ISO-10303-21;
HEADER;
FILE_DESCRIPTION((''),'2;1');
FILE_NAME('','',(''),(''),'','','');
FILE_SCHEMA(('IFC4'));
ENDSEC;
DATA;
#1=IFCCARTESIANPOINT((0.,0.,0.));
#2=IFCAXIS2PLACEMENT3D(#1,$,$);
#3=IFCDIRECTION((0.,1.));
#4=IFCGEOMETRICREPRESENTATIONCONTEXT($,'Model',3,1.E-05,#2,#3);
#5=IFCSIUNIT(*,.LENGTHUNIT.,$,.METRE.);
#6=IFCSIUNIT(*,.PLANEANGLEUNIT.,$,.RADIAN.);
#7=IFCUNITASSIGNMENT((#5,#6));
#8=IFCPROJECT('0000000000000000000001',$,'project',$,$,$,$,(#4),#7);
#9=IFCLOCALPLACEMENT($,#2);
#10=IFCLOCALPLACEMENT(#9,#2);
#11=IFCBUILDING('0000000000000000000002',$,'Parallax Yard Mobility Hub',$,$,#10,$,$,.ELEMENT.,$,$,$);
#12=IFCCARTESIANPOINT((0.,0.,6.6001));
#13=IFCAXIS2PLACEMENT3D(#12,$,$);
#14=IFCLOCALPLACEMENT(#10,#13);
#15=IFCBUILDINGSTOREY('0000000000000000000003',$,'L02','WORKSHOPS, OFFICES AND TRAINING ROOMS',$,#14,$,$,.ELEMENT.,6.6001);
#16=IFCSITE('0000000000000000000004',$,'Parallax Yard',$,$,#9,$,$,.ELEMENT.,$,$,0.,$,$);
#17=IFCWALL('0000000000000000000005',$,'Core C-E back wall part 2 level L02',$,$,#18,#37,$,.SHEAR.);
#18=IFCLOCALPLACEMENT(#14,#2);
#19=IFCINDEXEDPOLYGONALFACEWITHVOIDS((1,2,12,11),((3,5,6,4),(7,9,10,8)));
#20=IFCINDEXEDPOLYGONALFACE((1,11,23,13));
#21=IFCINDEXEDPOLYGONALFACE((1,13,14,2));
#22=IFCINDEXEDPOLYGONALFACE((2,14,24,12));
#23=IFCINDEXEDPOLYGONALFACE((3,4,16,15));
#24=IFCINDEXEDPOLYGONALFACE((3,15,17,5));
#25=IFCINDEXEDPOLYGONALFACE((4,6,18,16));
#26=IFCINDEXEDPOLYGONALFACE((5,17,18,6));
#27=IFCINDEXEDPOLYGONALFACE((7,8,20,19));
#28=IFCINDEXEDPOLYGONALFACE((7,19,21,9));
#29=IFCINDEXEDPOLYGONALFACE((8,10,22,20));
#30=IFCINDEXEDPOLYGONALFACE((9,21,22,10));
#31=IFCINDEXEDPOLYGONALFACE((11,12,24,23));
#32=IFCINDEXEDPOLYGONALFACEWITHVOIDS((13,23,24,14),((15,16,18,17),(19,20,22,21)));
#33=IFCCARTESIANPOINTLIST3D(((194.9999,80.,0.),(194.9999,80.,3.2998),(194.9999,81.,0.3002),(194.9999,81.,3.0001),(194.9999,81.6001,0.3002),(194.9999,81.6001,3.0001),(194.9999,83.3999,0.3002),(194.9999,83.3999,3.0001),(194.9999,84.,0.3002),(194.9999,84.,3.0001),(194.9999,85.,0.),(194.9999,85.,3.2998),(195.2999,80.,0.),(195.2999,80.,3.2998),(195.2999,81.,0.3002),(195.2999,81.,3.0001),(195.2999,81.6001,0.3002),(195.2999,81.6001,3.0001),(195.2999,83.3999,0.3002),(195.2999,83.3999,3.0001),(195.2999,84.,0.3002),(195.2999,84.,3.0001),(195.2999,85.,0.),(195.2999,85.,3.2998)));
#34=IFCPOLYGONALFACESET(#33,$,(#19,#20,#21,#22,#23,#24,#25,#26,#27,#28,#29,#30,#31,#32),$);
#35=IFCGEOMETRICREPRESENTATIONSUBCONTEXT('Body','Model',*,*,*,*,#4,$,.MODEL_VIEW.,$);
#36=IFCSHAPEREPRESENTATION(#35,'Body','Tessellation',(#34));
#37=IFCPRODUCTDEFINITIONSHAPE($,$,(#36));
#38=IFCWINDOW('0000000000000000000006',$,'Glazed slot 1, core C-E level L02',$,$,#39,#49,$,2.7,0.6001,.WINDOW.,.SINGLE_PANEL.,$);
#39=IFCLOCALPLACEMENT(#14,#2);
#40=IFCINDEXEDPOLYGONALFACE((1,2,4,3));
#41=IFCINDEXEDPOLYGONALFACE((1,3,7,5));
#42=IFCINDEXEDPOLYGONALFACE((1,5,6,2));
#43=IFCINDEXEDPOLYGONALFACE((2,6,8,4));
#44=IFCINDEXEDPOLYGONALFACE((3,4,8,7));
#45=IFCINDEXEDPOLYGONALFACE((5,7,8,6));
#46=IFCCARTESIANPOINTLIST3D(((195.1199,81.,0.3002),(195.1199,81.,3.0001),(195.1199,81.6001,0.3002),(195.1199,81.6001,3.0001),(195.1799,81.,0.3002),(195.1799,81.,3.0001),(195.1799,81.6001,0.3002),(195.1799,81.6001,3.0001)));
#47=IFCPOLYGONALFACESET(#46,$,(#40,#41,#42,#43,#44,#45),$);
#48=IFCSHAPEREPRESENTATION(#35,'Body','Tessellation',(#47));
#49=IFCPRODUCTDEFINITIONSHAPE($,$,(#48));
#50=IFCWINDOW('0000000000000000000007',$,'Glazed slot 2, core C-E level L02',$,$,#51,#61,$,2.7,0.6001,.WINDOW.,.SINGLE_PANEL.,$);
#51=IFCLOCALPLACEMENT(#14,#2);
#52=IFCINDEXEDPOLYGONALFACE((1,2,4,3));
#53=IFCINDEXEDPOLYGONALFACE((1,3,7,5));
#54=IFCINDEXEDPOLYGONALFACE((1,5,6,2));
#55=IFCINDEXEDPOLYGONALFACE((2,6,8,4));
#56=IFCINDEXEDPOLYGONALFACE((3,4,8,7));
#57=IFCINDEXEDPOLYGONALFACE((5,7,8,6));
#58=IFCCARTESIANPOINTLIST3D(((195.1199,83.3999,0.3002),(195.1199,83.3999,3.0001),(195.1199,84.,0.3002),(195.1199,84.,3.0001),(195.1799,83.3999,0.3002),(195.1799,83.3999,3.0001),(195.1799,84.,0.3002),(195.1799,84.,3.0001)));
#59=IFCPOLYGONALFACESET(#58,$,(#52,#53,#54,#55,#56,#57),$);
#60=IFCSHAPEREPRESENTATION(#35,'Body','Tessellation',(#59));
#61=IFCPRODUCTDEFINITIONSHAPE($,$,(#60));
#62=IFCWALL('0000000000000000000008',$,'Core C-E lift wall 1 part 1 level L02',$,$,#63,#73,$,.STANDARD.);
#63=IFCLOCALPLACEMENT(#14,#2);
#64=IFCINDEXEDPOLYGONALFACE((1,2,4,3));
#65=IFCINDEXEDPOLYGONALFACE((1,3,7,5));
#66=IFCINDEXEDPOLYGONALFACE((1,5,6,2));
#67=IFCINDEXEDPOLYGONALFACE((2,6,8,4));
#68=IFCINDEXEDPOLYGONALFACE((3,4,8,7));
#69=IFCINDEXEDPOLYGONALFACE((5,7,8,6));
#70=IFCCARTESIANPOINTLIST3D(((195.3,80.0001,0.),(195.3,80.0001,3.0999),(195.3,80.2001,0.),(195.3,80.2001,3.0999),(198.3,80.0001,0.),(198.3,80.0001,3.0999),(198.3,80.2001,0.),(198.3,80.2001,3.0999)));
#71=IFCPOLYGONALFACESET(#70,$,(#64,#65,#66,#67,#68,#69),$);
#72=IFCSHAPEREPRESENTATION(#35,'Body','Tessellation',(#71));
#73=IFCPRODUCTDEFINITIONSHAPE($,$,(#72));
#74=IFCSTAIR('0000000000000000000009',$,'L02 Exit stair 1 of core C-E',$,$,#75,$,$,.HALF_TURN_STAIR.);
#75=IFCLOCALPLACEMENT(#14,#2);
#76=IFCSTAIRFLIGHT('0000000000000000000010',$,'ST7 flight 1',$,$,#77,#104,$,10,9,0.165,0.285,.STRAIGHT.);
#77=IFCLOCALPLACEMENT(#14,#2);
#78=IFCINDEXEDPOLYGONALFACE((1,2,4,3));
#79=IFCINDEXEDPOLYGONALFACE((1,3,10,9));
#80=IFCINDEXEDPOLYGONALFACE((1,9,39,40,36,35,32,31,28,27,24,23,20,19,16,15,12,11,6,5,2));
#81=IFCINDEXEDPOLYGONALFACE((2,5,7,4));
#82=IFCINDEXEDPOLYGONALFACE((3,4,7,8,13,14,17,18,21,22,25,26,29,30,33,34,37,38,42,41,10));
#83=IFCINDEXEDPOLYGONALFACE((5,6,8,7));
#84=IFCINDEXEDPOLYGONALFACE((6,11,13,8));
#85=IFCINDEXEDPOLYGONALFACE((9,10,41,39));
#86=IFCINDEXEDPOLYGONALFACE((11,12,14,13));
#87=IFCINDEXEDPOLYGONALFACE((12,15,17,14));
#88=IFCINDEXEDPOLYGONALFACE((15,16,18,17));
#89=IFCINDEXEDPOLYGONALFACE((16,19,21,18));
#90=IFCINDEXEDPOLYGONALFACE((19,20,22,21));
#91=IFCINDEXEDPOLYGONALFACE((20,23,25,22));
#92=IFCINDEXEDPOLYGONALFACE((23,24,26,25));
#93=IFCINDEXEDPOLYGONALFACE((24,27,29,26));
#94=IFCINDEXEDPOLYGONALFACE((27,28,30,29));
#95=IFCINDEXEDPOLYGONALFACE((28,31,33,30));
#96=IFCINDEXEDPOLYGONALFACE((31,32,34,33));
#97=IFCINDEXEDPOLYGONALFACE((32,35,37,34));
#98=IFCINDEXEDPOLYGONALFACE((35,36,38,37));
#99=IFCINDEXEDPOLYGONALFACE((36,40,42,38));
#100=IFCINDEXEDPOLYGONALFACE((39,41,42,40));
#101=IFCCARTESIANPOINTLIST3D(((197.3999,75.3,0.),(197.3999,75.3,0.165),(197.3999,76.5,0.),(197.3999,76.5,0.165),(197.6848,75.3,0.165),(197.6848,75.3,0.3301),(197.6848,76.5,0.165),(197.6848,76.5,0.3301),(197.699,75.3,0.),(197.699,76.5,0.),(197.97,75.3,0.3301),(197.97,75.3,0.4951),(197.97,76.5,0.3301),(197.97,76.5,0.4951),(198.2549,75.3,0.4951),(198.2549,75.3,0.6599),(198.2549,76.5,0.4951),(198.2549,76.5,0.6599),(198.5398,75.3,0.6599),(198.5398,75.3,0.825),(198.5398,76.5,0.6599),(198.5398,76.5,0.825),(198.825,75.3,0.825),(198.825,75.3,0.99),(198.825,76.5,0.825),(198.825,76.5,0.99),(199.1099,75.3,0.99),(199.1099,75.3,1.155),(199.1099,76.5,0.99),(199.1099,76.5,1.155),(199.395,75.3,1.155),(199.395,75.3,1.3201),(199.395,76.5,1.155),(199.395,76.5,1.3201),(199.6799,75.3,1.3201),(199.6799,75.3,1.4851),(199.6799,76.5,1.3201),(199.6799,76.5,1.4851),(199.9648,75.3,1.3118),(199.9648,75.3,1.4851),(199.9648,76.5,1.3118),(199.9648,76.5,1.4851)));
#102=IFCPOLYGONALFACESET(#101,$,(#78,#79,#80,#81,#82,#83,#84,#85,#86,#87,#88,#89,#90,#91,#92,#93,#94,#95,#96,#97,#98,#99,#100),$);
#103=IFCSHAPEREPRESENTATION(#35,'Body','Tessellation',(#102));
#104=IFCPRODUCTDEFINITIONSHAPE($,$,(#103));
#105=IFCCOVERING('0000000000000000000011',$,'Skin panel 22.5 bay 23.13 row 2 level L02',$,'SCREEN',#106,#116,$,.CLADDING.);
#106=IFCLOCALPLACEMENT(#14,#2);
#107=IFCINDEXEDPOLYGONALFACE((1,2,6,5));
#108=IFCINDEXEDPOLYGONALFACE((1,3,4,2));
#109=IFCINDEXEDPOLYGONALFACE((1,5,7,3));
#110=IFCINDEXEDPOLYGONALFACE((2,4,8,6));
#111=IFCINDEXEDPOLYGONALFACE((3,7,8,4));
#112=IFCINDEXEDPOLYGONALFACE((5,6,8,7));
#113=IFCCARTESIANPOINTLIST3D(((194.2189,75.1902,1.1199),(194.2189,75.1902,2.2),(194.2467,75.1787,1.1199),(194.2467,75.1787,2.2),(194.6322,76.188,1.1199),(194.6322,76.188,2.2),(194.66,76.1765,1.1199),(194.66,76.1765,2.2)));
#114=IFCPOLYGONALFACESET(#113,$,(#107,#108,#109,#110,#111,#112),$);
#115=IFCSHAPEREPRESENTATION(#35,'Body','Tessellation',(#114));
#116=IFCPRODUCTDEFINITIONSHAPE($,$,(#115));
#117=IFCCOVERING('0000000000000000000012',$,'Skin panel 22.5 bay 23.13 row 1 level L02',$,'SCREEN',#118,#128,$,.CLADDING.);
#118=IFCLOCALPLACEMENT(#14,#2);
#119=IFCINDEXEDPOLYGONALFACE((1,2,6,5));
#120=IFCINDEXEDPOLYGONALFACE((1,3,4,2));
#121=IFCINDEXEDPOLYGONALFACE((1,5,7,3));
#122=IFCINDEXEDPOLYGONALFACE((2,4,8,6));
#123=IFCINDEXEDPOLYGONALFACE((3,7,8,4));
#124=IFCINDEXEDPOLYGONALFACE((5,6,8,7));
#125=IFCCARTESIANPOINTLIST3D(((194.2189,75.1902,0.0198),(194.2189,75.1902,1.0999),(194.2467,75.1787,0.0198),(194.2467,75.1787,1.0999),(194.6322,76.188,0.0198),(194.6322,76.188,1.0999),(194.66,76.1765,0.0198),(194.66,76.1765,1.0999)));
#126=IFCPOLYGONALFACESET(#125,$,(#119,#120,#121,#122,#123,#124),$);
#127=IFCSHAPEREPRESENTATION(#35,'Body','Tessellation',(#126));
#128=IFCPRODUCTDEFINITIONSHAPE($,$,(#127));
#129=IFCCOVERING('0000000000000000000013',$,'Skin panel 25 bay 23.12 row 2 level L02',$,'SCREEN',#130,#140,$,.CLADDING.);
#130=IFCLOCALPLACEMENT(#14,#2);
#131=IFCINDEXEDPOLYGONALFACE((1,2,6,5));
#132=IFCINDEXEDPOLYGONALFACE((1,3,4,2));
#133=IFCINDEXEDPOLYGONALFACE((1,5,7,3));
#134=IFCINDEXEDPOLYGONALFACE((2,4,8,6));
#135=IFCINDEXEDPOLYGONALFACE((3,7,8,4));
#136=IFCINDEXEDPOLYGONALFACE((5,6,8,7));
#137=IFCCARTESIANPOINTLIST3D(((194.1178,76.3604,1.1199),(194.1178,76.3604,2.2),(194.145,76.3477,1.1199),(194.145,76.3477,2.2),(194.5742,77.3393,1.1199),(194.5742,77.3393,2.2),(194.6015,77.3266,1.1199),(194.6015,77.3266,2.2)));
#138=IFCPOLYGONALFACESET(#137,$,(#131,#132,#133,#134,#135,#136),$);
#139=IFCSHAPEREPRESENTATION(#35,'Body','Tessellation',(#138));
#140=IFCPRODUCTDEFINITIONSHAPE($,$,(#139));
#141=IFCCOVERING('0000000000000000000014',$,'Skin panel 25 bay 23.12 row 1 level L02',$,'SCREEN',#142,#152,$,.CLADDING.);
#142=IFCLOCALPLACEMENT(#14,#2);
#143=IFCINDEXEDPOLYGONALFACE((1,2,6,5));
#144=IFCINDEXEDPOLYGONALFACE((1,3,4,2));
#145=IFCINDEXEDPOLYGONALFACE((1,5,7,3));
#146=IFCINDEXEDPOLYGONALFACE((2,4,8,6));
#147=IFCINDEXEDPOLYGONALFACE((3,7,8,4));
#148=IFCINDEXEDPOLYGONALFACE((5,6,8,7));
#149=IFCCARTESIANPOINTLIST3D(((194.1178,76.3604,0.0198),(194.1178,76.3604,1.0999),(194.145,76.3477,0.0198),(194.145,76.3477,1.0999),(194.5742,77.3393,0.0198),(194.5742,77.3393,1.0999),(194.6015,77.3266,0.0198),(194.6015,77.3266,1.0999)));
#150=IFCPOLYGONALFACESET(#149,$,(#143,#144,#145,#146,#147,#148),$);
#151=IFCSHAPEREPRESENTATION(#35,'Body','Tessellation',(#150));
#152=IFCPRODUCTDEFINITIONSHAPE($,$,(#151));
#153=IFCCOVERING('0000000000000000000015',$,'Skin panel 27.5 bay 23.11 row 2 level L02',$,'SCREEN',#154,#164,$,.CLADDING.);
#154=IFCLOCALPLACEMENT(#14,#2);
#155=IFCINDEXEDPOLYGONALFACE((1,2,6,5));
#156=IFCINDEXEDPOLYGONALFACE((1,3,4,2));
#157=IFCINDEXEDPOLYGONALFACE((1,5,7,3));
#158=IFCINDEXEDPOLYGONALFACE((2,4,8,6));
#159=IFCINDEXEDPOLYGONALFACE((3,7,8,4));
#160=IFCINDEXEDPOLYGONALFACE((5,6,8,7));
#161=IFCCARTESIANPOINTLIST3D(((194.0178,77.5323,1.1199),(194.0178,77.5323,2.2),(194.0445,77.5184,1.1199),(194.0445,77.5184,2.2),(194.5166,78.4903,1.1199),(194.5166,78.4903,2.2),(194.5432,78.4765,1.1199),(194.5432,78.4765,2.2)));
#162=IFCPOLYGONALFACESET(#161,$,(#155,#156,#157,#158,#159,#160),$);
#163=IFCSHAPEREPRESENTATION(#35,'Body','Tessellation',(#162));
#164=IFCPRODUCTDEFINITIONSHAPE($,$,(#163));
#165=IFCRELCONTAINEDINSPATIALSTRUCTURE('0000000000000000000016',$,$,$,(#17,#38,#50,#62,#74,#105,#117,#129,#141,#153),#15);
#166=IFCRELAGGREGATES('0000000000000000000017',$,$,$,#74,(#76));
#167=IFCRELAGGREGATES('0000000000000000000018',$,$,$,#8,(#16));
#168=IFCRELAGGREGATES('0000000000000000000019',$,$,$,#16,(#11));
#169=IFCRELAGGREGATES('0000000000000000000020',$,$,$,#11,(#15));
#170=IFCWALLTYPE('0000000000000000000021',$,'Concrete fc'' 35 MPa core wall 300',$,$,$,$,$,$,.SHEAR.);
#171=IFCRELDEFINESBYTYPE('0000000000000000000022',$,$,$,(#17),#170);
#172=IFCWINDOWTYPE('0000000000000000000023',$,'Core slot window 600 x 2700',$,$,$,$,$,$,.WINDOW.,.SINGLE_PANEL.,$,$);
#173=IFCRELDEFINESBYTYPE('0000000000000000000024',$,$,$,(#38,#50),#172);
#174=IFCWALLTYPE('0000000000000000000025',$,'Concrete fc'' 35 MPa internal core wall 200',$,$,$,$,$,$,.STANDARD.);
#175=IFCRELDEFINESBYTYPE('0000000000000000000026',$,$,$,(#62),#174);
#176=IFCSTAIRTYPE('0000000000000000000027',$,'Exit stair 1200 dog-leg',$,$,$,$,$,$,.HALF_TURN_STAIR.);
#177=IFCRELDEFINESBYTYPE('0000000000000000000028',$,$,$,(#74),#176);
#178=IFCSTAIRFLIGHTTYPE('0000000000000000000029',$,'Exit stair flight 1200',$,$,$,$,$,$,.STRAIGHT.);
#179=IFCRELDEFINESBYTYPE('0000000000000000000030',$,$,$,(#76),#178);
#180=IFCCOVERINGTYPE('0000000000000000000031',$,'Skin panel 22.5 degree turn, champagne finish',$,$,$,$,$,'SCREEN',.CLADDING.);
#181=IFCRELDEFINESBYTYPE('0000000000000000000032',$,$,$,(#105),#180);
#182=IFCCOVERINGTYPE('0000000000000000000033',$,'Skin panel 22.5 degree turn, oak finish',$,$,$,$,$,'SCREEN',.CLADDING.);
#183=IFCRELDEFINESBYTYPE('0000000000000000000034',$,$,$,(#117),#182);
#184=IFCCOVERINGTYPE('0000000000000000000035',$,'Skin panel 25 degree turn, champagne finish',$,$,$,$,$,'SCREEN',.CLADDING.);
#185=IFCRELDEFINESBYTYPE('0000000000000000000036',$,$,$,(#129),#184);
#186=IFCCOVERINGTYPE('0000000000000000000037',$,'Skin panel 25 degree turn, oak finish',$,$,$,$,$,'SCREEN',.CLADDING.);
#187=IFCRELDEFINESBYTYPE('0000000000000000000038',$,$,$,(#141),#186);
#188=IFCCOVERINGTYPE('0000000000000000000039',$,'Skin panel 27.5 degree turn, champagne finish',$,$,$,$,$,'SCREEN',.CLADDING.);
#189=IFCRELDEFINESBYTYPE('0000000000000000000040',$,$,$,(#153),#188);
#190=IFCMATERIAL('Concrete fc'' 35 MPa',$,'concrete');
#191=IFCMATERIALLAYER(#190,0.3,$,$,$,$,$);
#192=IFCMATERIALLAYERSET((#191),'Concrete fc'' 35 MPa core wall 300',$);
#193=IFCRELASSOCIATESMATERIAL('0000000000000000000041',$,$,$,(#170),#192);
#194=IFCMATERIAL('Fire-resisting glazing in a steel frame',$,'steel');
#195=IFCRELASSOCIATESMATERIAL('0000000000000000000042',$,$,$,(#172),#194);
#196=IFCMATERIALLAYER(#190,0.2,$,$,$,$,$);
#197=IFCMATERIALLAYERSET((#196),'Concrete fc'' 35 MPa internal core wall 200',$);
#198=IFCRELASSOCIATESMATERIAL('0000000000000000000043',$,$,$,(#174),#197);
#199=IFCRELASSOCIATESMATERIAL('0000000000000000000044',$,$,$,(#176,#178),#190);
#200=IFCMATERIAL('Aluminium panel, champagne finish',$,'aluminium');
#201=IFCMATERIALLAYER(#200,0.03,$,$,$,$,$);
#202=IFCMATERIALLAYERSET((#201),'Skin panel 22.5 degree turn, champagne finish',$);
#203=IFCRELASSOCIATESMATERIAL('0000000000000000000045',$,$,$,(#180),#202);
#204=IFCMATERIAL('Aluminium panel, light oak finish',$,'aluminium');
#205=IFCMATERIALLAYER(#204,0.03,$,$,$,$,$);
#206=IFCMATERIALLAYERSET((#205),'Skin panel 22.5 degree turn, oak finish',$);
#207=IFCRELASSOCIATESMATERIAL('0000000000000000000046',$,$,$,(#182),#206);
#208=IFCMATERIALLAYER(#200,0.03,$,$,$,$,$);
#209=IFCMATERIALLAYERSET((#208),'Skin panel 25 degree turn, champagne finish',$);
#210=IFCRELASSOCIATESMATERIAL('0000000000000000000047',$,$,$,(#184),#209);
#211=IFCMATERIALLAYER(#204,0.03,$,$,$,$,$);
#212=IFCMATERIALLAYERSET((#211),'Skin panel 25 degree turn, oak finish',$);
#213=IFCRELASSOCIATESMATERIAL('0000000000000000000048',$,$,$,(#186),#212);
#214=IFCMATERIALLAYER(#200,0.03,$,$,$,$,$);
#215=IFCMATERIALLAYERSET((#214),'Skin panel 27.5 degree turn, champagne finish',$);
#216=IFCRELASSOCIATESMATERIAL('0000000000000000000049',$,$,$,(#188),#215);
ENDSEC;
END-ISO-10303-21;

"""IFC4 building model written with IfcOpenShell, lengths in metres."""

from ifc_helpers import new_model, si_unit, direction, frame, frame_2d, origin, origin_2d, place, context, subcontext, project, spatial, polyline, rectangle, outline, extrude, material, layer, layer_set, type_object, element, fill, aggregate, save


model = new_model("IFC4")

# Units and contexts
model_context = context("Model", 3, precision=1e-05, world=origin(), true_north=direction((0.0, 1.0)))
body_context = subcontext(model_context, "Body", "Model", "MODEL_VIEW")
ifc_project = project(units=[si_unit("LENGTHUNIT", "METRE"), si_unit("PLANEANGLEUNIT", "RADIAN")], contexts=[model_context])

# Site, building, storey
site_placement = place(None, origin())
site = spatial("IfcSite", under=ifc_project, at=site_placement, Name="Parallax Yard", CompositionType="ELEMENT", RefElevation=0.0)
building_placement = place(site_placement, origin())
building = spatial("IfcBuilding", under=site, at=building_placement, Name="Parallax Yard Mobility Hub", CompositionType="ELEMENT")
storey_placement = place(building_placement, frame((0.0, 0.0, 6.6001)))
storey = spatial("IfcBuildingStorey", under=building, at=storey_placement, Name="L02", Description="WORKSHOPS, OFFICES AND TRAINING ROOMS", CompositionType="ELEMENT", Elevation=6.6001)

# Wall, openings, windows
ifc_material_1 = material(Name="Concrete fc' 35 MPa", Category="concrete")
ifc_layer_1 = layer(ifc_material_1, 0.3)
ifc_layer_set_1 = layer_set([ifc_layer_1], Name="Concrete fc' 35 MPa core wall 300")
wall_type_1 = type_object("IfcWallType", Name="Concrete fc' 35 MPa core wall 300", PredefinedType="SHEAR", material=ifc_layer_set_1)
wall_1_placement = place(storey_placement, frame((195.1499, 80.0, 0.0), z_axis=(0.0, 0.0, 1.0), x_axis=(0.0, 1.0, 0.0)))
wall_1 = element("IfcWall", 1, at=wall_1_placement, inside=storey, type_object=wall_type_1, Name="Core C-E back wall part 2 level L02", PredefinedType="SHEAR", context=body_context, shape_type="SweptSolid", body=[
    extrude(rectangle(XDim=5.0, YDim=0.3, at=frame_2d((2.5, 0.0))), origin(), (0.0, 0.0, 1.0), 3.2998),
])
opening_1_placement = place(wall_1_placement, frame((1.0, 0.0, 0.3)))
opening_1 = element("IfcOpeningElement", 2, at=opening_1_placement, cuts=wall_1, PredefinedType="OPENING", context=body_context, shape_type="SweptSolid", body=[
    extrude(rectangle(XDim=0.6001, YDim=2.7, at=frame_2d((0.3, 1.3501))), frame((0.0, 0.1602, 0.0), z_axis=(0.0, -1.0, 0.0), x_axis=(1.0, 0.0, 0.0)), (0.0, 0.0, 1.0), 0.3201),
])
opening_2_placement = place(wall_1_placement, frame((3.3999, 0.0, 0.3)))
opening_2 = element("IfcOpeningElement", 3, at=opening_2_placement, cuts=wall_1, PredefinedType="OPENING", context=body_context, shape_type="SweptSolid", body=[
    extrude(rectangle(XDim=0.6001, YDim=2.7, at=frame_2d((0.3, 1.3501))), frame((0.0, 0.1602, 0.0), z_axis=(0.0, -1.0, 0.0), x_axis=(1.0, 0.0, 0.0)), (0.0, 0.0, 1.0), 0.3201),
])
ifc_material_2 = material(Name="Fire-resisting glazing in a steel frame", Category="steel")
window_type = type_object("IfcWindowType", Name="Core slot window 600 x 2700", PartitioningType="SINGLE_PANEL", PredefinedType="WINDOW", material=ifc_material_2)
window_1_placement = place(opening_1_placement, origin())
window_1 = element("IfcWindow", 4, at=window_1_placement, inside=storey, type_object=window_type, Name="Glazed slot 1, core C-E level L02", OverallHeight=2.7, OverallWidth=0.6001, PartitioningType="SINGLE_PANEL", PredefinedType="WINDOW", context=body_context, shape_type="SweptSolid", body=[
    extrude(rectangle(XDim=0.6001, YDim=2.7, at=frame_2d((0.3, 1.3501))), frame((0.0, 0.03, 0.0), z_axis=(0.0, -1.0, 0.0), x_axis=(1.0, 0.0, 0.0)), (0.0, 0.0, 1.0), 0.0601),
])
fill(opening_1, window_1)
window_2_placement = place(opening_2_placement, origin())
window_2 = element("IfcWindow", 5, at=window_2_placement, inside=storey, type_object=window_type, Name="Glazed slot 2, core C-E level L02", OverallHeight=2.7, OverallWidth=0.6001, PartitioningType="SINGLE_PANEL", PredefinedType="WINDOW", context=body_context, shape_type="SweptSolid", body=[
    extrude(rectangle(XDim=0.6001, YDim=2.7, at=frame_2d((0.3, 1.3501))), frame((0.0, 0.03, 0.0), z_axis=(0.0, -1.0, 0.0), x_axis=(1.0, 0.0, 0.0)), (0.0, 0.0, 1.0), 0.0601),
])
fill(opening_2, window_2)

# Wall
ifc_layer_2 = layer(ifc_material_1, 0.2)
ifc_layer_set_2 = layer_set([ifc_layer_2], Name="Concrete fc' 35 MPa internal core wall 200")
wall_type_2 = type_object("IfcWallType", Name="Concrete fc' 35 MPa internal core wall 200", PredefinedType="STANDARD", material=ifc_layer_set_2)
wall_2_placement = place(storey_placement, frame((198.3, 80.1001, 0.0), z_axis=(0.0, 0.0, 1.0), x_axis=(-1.0, 0.0, 0.0)))
element("IfcWall", 6, at=wall_2_placement, inside=storey, type_object=wall_type_2, Name="Core C-E lift wall 1 part 1 level L02", PredefinedType="STANDARD", context=body_context, shape_type="SweptSolid", body=[
    extrude(rectangle(XDim=3.0, YDim=0.2, at=frame_2d((1.5, 0.0))), origin(), (0.0, 0.0, 1.0), 3.0999),
])

# Stair, stair flight
stair_type = type_object("IfcStairType", Name="Exit stair 1200 dog-leg", PredefinedType="HALF_TURN_STAIR", material=ifc_material_1)
stair_placement = place(storey_placement, origin())
stair = element("IfcStair", 7, at=stair_placement, inside=storey, type_object=stair_type, Name="L02 Exit stair 1 of core C-E", PredefinedType="HALF_TURN_STAIR")
stair_flight_type = type_object("IfcStairFlightType", Name="Exit stair flight 1200", PredefinedType="STRAIGHT", material=ifc_material_1)
stair_flight_placement = place(storey_placement, frame((197.3999, 75.8999, 0.0), z_axis=(0.0, 0.0, 1.0), x_axis=(1.0, 0.0, 0.0)))
stair_flight = element("IfcStairFlight", 8, at=stair_flight_placement, type_object=stair_flight_type, Name="ST7 flight 1", NumberOfRisers=10, NumberOfTreads=9, PredefinedType="STRAIGHT", RiserHeight=0.165, TreadLength=0.285, context=body_context, shape_type="SweptSolid", body=[
    extrude(outline(polyline([(0.0, 0.0), (0.0, 0.165), (0.2849, 0.165), (0.2849, 0.3301), (0.5701, 0.3301), (0.5701, 0.4951), (0.855, 0.4951), (0.855, 0.6599), (1.1399, 0.6599), (1.1399, 0.825), (1.425, 0.825), (1.425, 0.99), (1.71, 0.99), (1.71, 1.155), (1.9951, 1.155), (1.9951, 1.3201), (2.28, 1.3201), (2.28, 1.4851), (2.5649, 1.4851), (2.5649, 1.6499), (2.5649, 1.3118), (0.2991, 0.0), (0.0, 0.0)])), frame((0.0, 0.6001, 0.0), z_axis=(0.0, -1.0, 0.0), x_axis=(1.0, 0.0, 0.0)), (0.0, 0.0, 1.0), 1.2),
])
aggregate(stair, [stair_flight])

# Coverings
ifc_material_3 = material(Name="Aluminium panel, champagne finish", Category="aluminium")
ifc_layer_3 = layer(ifc_material_3, 0.03)
ifc_layer_set_3 = layer_set([ifc_layer_3], Name="Skin panel 22.5 degree turn, champagne finish")
covering_type_1 = type_object("IfcCoveringType", Name="Skin panel 22.5 degree turn, champagne finish", ElementType="SCREEN", PredefinedType="CLADDING", material=ifc_layer_set_3)
covering_1_placement = place(storey_placement, frame((194.4395, 75.6833, 1.1199), z_axis=(0.0, 0.0, 1.0), x_axis=(-0.382683, -0.92388, 0.0)))
element("IfcCovering", 9, at=covering_1_placement, inside=storey, type_object=covering_type_1, Name="Skin panel 22.5 bay 23.13 row 2 level L02", ObjectType="SCREEN", PredefinedType="CLADDING", context=body_context, shape_type="SweptSolid", body=[
    extrude(rectangle(XDim=1.0801, YDim=0.03, at=origin_2d()), origin(), (0.0, 0.0, 1.0), 1.0801),
])
ifc_material_4 = material(Name="Aluminium panel, light oak finish", Category="aluminium")
ifc_layer_4 = layer(ifc_material_4, 0.03)
ifc_layer_set_4 = layer_set([ifc_layer_4], Name="Skin panel 22.5 degree turn, oak finish")
covering_type_2 = type_object("IfcCoveringType", Name="Skin panel 22.5 degree turn, oak finish", ElementType="SCREEN", PredefinedType="CLADDING", material=ifc_layer_set_4)
covering_2_placement = place(storey_placement, frame((194.4395, 75.6833, 0.0198), z_axis=(0.0, 0.0, 1.0), x_axis=(-0.382683, -0.92388, 0.0)))
element("IfcCovering", 10, at=covering_2_placement, inside=storey, type_object=covering_type_2, Name="Skin panel 22.5 bay 23.13 row 1 level L02", ObjectType="SCREEN", PredefinedType="CLADDING", context=body_context, shape_type="SweptSolid", body=[
    extrude(rectangle(XDim=1.0801, YDim=0.03, at=origin_2d()), origin(), (0.0, 0.0, 1.0), 1.0801),
])
ifc_layer_5 = layer(ifc_material_3, 0.03)
ifc_layer_set_5 = layer_set([ifc_layer_5], Name="Skin panel 25 degree turn, champagne finish")
covering_type_3 = type_object("IfcCoveringType", Name="Skin panel 25 degree turn, champagne finish", ElementType="SCREEN", PredefinedType="CLADDING", material=ifc_layer_set_5)
covering_3_placement = place(storey_placement, frame((194.3596, 76.8435, 1.1199), z_axis=(0.0, 0.0, 1.0), x_axis=(-0.422618, -0.906308, 0.0)))
element("IfcCovering", 11, at=covering_3_placement, inside=storey, type_object=covering_type_3, Name="Skin panel 25 bay 23.12 row 2 level L02", ObjectType="SCREEN", PredefinedType="CLADDING", context=body_context, shape_type="SweptSolid", body=[
    extrude(rectangle(XDim=1.0801, YDim=0.03, at=origin_2d()), origin(), (0.0, 0.0, 1.0), 1.0801),
])
ifc_layer_6 = layer(ifc_material_4, 0.03)
ifc_layer_set_6 = layer_set([ifc_layer_6], Name="Skin panel 25 degree turn, oak finish")
covering_type_4 = type_object("IfcCoveringType", Name="Skin panel 25 degree turn, oak finish", ElementType="SCREEN", PredefinedType="CLADDING", material=ifc_layer_set_6)
covering_4_placement = place(storey_placement, frame((194.3596, 76.8435, 0.0198), z_axis=(0.0, 0.0, 1.0), x_axis=(-0.422618, -0.906308, 0.0)))
element("IfcCovering", 12, at=covering_4_placement, inside=storey, type_object=covering_type_4, Name="Skin panel 25 bay 23.12 row 1 level L02", ObjectType="SCREEN", PredefinedType="CLADDING", context=body_context, shape_type="SweptSolid", body=[
    extrude(rectangle(XDim=1.0801, YDim=0.03, at=origin_2d()), origin(), (0.0, 0.0, 1.0), 1.0801),
])
ifc_layer_7 = layer(ifc_material_3, 0.03)
ifc_layer_set_7 = layer_set([ifc_layer_7], Name="Skin panel 27.5 degree turn, champagne finish")
covering_type_5 = type_object("IfcCoveringType", Name="Skin panel 27.5 degree turn, champagne finish", ElementType="SCREEN", PredefinedType="CLADDING", material=ifc_layer_set_7)
covering_5_placement = place(storey_placement, frame((194.2805, 78.0044, 1.1199), z_axis=(0.0, 0.0, 1.0), x_axis=(-0.461749, -0.887011, 0.0)))
element("IfcCovering", 13, at=covering_5_placement, inside=storey, type_object=covering_type_5, Name="Skin panel 27.5 bay 23.11 row 2 level L02", ObjectType="SCREEN", PredefinedType="CLADDING", context=body_context, shape_type="SweptSolid", body=[
    extrude(rectangle(XDim=1.0801, YDim=0.03, at=origin_2d()), origin(), (0.0, 0.0, 1.0), 1.0801),
])

save(model, "model.ifc")
